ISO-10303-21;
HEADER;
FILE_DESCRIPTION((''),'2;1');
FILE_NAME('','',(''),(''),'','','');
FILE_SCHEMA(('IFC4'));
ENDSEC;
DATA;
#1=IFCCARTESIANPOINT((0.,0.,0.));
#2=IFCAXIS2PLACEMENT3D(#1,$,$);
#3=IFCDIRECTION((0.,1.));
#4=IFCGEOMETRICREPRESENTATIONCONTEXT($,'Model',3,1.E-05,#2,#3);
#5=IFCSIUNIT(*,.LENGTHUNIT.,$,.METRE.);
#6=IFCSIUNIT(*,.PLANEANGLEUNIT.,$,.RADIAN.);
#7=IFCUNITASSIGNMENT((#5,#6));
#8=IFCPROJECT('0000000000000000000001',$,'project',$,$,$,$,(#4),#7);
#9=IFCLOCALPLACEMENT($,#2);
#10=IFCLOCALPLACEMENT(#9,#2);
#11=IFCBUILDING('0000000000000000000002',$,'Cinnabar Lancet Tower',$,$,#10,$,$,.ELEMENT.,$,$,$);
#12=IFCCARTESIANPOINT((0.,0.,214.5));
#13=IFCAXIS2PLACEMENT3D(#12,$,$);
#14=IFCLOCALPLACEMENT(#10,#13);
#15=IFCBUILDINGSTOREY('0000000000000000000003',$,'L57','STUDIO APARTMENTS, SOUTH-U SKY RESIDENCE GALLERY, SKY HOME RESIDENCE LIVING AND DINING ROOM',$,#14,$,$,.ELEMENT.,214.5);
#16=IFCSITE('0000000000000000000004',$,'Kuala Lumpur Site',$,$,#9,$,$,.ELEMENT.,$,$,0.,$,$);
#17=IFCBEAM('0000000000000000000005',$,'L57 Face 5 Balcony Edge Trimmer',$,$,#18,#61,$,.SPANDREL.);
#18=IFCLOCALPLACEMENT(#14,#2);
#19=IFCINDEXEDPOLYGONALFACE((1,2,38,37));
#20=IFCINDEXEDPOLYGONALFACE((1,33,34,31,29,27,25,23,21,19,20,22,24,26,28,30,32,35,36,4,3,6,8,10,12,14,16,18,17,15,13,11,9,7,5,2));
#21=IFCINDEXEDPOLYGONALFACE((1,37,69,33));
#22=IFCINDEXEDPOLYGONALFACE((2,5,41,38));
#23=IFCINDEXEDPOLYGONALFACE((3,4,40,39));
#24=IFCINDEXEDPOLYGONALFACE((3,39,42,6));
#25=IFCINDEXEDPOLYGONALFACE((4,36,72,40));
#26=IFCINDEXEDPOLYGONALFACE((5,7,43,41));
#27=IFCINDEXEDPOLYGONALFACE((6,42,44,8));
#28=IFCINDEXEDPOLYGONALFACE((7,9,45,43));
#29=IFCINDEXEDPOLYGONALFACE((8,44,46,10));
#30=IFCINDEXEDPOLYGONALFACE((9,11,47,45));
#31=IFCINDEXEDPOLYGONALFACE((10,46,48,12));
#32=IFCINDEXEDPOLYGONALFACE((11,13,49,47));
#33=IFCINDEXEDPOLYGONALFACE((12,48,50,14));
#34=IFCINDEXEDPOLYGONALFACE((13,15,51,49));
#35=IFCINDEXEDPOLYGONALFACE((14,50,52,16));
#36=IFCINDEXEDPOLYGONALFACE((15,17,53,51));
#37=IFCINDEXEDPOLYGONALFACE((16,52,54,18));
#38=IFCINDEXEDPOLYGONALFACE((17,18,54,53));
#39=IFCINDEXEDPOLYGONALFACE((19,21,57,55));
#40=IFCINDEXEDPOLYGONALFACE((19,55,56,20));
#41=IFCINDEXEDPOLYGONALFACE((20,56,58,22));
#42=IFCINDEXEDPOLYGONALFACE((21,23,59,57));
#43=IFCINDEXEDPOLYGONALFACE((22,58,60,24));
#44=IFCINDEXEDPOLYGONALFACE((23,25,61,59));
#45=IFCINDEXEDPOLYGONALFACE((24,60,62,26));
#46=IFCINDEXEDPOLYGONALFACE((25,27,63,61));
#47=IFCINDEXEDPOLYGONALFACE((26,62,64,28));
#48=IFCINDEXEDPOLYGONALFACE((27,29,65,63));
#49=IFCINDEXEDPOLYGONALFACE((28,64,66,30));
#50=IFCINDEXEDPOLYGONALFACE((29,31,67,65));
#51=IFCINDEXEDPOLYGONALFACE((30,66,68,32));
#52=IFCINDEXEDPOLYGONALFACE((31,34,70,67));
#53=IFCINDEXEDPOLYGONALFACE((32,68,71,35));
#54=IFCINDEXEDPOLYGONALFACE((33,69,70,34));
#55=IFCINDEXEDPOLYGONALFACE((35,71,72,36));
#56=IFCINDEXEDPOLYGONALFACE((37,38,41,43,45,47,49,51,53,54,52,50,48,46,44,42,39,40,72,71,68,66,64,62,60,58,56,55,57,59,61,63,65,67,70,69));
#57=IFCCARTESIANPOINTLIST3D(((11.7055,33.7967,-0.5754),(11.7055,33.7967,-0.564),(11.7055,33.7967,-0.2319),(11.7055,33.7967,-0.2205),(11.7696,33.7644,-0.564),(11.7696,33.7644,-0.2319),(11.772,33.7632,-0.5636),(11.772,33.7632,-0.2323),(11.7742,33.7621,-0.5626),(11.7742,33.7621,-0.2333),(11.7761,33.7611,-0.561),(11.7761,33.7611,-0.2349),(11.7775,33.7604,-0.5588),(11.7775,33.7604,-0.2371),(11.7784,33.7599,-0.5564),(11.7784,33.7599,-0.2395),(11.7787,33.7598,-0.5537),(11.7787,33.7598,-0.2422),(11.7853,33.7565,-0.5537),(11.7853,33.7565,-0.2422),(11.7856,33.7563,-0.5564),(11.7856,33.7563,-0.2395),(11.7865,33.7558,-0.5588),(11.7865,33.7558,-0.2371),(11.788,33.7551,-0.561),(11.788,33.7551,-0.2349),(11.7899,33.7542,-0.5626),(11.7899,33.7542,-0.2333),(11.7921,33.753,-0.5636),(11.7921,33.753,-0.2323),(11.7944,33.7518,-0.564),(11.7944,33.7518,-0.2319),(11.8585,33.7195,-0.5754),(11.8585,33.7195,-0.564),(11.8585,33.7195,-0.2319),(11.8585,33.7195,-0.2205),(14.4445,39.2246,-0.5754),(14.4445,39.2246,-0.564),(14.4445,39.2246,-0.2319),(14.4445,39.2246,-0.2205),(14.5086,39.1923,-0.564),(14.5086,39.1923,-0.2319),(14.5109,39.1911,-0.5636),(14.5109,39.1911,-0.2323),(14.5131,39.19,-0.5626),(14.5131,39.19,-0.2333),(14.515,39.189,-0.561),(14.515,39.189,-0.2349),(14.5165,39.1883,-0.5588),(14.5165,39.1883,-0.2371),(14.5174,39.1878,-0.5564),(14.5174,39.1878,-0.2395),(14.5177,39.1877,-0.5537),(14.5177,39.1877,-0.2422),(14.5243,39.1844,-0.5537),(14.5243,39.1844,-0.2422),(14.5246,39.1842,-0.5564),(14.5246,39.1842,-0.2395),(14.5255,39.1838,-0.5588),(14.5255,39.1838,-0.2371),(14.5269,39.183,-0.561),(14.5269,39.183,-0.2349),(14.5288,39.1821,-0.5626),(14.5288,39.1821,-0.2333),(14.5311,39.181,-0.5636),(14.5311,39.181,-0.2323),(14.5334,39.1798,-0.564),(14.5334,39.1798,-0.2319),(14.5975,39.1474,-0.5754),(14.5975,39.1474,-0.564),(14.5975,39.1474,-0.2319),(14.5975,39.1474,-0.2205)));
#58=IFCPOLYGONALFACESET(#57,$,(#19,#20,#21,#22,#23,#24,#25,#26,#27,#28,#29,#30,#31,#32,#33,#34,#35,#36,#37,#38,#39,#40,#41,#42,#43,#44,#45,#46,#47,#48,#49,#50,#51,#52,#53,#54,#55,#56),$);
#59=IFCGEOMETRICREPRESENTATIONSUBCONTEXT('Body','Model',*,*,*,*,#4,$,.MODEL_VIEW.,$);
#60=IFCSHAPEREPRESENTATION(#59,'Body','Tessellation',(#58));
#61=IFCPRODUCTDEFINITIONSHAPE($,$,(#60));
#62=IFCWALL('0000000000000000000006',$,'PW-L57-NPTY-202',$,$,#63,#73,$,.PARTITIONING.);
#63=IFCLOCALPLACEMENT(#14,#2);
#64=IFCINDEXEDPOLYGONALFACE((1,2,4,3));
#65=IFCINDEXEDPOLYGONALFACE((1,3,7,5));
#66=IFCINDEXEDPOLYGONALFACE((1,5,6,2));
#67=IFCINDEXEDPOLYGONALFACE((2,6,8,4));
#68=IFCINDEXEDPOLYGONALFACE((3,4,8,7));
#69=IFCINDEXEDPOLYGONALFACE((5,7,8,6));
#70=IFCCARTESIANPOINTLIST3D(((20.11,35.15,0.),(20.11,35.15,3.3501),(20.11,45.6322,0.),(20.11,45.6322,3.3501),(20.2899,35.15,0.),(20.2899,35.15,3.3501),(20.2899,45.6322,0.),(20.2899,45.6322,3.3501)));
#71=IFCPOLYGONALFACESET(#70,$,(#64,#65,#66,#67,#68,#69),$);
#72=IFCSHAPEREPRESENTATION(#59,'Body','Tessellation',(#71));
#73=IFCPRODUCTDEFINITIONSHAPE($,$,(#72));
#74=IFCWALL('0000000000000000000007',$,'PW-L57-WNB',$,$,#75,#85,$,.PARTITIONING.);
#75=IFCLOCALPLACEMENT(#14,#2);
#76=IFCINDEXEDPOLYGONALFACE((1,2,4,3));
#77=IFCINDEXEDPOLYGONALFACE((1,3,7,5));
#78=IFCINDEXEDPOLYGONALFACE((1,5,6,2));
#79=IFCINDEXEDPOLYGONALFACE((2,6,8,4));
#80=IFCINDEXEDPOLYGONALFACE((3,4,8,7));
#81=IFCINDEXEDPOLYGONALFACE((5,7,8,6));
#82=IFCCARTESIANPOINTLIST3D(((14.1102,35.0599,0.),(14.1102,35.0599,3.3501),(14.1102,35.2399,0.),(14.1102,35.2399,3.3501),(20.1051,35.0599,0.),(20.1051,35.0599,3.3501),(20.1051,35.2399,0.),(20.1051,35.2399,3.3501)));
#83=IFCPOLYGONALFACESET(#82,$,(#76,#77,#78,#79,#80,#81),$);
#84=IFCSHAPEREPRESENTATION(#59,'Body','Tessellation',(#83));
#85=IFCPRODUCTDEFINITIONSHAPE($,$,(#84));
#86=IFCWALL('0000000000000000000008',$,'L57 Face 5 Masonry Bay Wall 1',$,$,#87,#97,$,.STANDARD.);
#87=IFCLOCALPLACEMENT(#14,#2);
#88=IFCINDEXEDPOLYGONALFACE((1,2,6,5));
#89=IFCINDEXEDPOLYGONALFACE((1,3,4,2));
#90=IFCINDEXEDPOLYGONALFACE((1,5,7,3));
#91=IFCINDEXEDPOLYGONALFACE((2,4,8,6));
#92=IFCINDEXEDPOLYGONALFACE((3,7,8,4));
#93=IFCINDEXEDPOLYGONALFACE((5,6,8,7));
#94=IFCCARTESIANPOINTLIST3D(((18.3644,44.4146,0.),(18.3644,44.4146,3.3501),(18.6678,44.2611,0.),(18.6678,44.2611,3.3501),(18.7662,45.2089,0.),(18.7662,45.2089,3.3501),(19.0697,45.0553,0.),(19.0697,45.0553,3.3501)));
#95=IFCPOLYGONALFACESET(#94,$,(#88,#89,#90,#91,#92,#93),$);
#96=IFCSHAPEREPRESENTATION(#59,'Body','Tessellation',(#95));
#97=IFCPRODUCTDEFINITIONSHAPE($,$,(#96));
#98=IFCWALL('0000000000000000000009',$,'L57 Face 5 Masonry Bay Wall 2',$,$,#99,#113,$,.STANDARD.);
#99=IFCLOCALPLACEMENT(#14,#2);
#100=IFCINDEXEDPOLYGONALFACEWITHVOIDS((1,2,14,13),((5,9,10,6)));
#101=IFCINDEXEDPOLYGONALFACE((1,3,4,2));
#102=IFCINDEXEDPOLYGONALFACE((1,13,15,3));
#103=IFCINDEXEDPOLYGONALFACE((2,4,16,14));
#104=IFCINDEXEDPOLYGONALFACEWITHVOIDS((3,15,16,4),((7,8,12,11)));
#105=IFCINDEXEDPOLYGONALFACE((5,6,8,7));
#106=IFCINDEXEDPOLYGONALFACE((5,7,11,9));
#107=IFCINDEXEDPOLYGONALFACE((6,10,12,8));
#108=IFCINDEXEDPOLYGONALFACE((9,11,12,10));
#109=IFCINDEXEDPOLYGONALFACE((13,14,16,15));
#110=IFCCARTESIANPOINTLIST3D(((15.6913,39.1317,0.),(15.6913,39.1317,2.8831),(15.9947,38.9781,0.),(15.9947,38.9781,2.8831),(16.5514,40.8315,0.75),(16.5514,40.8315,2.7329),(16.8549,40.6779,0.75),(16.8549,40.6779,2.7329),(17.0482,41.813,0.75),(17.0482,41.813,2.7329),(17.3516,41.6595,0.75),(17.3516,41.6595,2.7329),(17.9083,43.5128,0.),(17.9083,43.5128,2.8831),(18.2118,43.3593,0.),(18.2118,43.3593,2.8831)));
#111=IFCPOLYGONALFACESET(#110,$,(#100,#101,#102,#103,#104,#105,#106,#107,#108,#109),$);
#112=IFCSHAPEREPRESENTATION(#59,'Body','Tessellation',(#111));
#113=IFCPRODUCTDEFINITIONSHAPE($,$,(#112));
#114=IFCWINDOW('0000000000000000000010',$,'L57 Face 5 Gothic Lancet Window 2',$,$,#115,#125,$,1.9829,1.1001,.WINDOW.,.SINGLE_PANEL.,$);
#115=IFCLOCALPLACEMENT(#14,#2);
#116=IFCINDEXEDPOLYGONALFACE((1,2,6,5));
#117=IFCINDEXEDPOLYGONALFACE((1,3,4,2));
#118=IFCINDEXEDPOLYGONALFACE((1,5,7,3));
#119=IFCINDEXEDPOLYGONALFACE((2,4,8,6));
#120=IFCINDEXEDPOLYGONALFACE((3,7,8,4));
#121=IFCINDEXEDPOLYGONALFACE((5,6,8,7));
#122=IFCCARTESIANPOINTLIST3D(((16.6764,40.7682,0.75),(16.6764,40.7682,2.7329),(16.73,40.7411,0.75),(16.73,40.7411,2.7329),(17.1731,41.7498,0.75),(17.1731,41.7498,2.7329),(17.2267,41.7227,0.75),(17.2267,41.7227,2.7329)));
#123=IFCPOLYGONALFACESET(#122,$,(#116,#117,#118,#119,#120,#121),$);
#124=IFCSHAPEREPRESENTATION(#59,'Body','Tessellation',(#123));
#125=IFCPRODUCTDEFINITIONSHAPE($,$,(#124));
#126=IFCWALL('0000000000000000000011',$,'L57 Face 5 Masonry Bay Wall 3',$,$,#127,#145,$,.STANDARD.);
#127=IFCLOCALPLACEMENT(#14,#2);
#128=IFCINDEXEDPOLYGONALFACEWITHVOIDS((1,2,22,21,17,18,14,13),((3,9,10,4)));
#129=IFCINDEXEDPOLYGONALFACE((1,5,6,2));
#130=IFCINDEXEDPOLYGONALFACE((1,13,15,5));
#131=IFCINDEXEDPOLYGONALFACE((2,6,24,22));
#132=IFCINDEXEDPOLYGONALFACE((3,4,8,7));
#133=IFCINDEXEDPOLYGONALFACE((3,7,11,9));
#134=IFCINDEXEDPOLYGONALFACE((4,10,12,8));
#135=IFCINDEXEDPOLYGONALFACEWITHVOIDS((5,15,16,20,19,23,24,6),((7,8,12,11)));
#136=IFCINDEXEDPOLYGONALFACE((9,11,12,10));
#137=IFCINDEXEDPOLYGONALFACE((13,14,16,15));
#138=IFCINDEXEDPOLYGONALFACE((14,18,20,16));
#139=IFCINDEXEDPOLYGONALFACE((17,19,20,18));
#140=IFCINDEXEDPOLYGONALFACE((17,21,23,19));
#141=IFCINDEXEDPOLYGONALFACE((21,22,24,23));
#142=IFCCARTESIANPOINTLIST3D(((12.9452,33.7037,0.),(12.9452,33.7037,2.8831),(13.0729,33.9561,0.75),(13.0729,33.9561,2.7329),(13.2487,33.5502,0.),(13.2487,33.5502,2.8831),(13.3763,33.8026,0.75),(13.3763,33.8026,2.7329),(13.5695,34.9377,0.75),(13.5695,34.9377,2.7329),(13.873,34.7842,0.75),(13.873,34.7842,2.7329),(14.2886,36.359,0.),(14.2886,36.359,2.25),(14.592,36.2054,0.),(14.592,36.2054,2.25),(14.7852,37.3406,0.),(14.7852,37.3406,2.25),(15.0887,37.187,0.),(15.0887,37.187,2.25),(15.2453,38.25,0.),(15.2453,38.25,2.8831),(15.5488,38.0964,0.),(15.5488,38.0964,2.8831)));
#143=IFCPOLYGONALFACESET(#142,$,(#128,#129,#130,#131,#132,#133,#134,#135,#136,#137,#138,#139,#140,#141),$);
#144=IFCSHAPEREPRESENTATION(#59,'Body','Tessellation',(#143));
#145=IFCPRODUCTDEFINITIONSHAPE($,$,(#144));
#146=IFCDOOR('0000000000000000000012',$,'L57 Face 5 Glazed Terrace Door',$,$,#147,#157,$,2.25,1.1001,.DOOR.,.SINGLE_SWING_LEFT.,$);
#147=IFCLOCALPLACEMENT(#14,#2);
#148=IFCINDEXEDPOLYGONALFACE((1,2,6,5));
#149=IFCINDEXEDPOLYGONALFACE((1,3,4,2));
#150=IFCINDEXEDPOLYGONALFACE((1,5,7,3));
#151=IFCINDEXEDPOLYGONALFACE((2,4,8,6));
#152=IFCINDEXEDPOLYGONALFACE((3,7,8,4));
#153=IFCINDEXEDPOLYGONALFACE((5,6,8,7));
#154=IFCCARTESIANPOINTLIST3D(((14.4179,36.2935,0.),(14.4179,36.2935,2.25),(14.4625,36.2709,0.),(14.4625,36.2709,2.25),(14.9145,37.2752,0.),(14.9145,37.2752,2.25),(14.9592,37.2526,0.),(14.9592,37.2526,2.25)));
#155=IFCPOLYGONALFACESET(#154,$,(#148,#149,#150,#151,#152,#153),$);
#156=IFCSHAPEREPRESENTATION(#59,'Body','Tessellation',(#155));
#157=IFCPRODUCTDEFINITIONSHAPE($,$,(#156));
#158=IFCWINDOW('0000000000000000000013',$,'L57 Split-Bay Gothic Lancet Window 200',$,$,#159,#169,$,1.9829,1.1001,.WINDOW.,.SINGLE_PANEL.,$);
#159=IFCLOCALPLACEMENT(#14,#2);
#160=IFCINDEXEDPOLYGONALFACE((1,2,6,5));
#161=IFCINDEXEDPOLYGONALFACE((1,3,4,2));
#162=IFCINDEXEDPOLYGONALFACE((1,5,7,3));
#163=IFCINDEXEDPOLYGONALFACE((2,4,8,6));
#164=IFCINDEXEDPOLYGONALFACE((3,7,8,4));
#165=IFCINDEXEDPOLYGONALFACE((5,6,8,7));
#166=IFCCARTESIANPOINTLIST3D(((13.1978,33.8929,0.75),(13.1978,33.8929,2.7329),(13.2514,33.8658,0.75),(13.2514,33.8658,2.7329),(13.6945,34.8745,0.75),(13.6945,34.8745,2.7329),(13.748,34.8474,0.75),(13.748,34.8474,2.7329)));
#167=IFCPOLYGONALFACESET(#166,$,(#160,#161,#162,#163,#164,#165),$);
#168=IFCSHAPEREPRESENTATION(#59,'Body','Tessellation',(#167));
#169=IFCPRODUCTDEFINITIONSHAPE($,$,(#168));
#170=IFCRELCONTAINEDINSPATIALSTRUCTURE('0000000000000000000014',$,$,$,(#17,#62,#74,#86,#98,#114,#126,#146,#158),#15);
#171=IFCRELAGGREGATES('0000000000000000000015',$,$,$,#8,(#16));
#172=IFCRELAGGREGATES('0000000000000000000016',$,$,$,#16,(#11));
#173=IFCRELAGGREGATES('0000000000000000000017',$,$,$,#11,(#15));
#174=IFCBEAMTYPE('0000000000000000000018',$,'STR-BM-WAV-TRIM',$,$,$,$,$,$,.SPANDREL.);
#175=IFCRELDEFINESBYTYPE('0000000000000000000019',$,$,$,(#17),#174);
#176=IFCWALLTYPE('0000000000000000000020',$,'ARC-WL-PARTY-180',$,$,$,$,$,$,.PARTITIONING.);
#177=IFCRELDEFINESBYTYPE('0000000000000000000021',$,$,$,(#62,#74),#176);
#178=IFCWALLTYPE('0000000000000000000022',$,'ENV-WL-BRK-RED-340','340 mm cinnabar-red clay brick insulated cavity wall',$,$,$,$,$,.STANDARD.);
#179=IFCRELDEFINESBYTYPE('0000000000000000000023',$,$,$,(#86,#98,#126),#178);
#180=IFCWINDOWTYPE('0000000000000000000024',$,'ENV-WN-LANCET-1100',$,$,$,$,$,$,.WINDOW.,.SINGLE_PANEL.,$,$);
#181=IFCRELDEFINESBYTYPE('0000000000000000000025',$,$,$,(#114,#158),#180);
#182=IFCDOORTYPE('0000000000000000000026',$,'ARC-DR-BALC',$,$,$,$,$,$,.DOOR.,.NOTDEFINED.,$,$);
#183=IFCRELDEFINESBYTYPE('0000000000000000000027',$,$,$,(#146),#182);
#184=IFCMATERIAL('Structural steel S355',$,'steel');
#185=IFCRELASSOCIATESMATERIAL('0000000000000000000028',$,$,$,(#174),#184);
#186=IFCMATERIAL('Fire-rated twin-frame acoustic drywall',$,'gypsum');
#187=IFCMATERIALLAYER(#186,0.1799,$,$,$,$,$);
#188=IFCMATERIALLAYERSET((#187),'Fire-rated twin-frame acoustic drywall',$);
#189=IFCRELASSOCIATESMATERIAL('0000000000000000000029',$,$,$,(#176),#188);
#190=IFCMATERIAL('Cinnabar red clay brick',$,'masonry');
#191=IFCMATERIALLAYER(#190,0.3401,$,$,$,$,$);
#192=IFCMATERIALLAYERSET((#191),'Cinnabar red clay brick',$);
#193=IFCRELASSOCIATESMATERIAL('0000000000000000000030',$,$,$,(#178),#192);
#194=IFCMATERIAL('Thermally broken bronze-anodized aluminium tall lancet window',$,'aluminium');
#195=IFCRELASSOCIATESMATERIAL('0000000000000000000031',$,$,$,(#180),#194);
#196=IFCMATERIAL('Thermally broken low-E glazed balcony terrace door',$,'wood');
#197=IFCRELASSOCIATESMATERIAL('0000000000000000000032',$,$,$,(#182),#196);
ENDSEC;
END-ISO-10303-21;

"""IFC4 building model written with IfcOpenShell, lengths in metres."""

from ifc_helpers import new_model, si_unit, direction, frame, frame_2d, origin, origin_2d, place, context, subcontext, project, spatial, rectangle, i_section, extrude, material, layer, layer_set, material_profile, profile_set, type_object, element, fill, save


model = new_model("IFC4")

# Units and contexts
model_context = context("Model", 3, precision=1e-05, world=origin(), true_north=direction((0.0, 1.0)))
body_context = subcontext(model_context, "Body", "Model", "MODEL_VIEW")
ifc_project = project(units=[si_unit("LENGTHUNIT", "METRE"), si_unit("PLANEANGLEUNIT", "RADIAN")], contexts=[model_context])

# Site, building, storey
site_placement = place(None, origin())
site = spatial("IfcSite", under=ifc_project, at=site_placement, Name="Kuala Lumpur Site", CompositionType="ELEMENT", RefElevation=0.0)
building_placement = place(site_placement, origin())
building = spatial("IfcBuilding", under=site, at=building_placement, Name="Cinnabar Lancet Tower", CompositionType="ELEMENT")
storey_placement = place(building_placement, frame((0.0, 0.0, 214.5)))
storey = spatial("IfcBuildingStorey", under=building, at=storey_placement, Name="L57", Description="STUDIO APARTMENTS, SOUTH-U SKY RESIDENCE GALLERY, SKY HOME RESIDENCE LIVING AND DINING ROOM", CompositionType="ELEMENT", Elevation=214.5)

# Beam
ifc_material_1 = material(Name="Structural steel S355", Category="steel")
ifc_material_profile_1 = material_profile(ifc_material_1, i_section(OverallWidth=0.1714, OverallDepth=0.355, WebThickness=0.0073, FlangeThickness=0.0115, FilletRadius=0.0103, at=origin_2d()), Name="UKB 356x171x51")
ifc_profile_set_1 = profile_set([ifc_material_profile_1], Name="Structural steel S355")
beam_type_1 = type_object("IfcBeamType", Name="STR-BM-WAV-TRIM", PredefinedType="SPANDREL", material=ifc_profile_set_1)
beam_1_placement = place(storey_placement, frame((14.521, 39.186, -0.3979), z_axis=(-0.450503, -0.892775, 0.0), x_axis=(0.892775, -0.450503, 0.0)))
element("IfcBeam", 1, at=beam_1_placement, inside=storey, type_object=beam_type_1, Name="L57 Face 5 Balcony Edge Trimmer", PredefinedType="SPANDREL", context=body_context, shape_type="SweptSolid", body=[
    extrude(i_section(OverallWidth=0.1714, OverallDepth=0.355, WebThickness=0.0073, FlangeThickness=0.0115, FilletRadius=0.0103, at=origin_2d()), origin(), (0.0, 0.0, 1.0), 6.0798),
])

# Walls
ifc_material_2 = material(Name="Fire-rated twin-frame acoustic drywall", Category="gypsum")
ifc_layer_1 = layer(ifc_material_2, 0.1799)
ifc_layer_set_1 = layer_set([ifc_layer_1], Name="Fire-rated twin-frame acoustic drywall")
wall_type_1 = type_object("IfcWallType", Name="ARC-WL-PARTY-180", PredefinedType="PARTITIONING", material=ifc_layer_set_1)
wall_1_placement = place(storey_placement, frame((20.2, 35.1499, 0.0), z_axis=(0.0, 0.0, 1.0), x_axis=(0.0, 1.0, 0.0)))
element("IfcWall", 2, at=wall_1_placement, inside=storey, type_object=wall_type_1, Name="PW-L57-NPTY-202", PredefinedType="PARTITIONING", context=body_context, shape_type="SweptSolid", body=[
    extrude(rectangle(XDim=10.4822, YDim=0.1799, at=frame_2d((5.2412, 0.0))), origin(), (0.0, 0.0, 1.0), 3.3501),
])
wall_2_placement = place(storey_placement, frame((14.1101, 35.1499, 0.0), z_axis=(0.0, 0.0, 1.0), x_axis=(1.0, 0.0, 0.0)))
element("IfcWall", 3, at=wall_2_placement, inside=storey, type_object=wall_type_1, Name="PW-L57-WNB", PredefinedType="PARTITIONING", context=body_context, shape_type="SweptSolid", body=[
    extrude(rectangle(XDim=5.9949, YDim=0.1799, at=frame_2d((2.9976, 0.0))), origin(), (0.0, 0.0, 1.0), 3.3501),
])
ifc_material_3 = material(Name="Cinnabar red clay brick", Category="masonry")
ifc_layer_2 = layer(ifc_material_3, 0.3401)
ifc_layer_set_2 = layer_set([ifc_layer_2], Name="Cinnabar red clay brick")
wall_type_2 = type_object("IfcWallType", Name="ENV-WL-BRK-RED-340", Description="340 mm cinnabar-red clay brick insulated cavity wall", PredefinedType="STANDARD", material=ifc_layer_set_2)
wall_3_placement = place(storey_placement, frame((18.918, 45.1321, 0.0), z_axis=(0.0, 0.0, 1.0), x_axis=(-0.451487, -0.892277, 0.0)))
element("IfcWall", 4, at=wall_3_placement, inside=storey, type_object=wall_type_2, Name="L57 Face 5 Masonry Bay Wall 1", PredefinedType="STANDARD", context=body_context, shape_type="SweptSolid", body=[
    extrude(rectangle(XDim=0.8901, YDim=0.3401, at=frame_2d((0.4451, 0.0))), origin(), (0.0, 0.0, 1.0), 3.3501),
])

# Wall, opening, window
wall_4_placement = place(storey_placement, frame((18.0601, 43.436, 0.0), z_axis=(0.0, 0.0, 1.0), x_axis=(-0.451524, -0.892259, 0.0)))
wall_4 = element("IfcWall", 5, at=wall_4_placement, inside=storey, type_object=wall_type_2, Name="L57 Face 5 Masonry Bay Wall 2", PredefinedType="STANDARD", context=body_context, shape_type="SweptSolid", body=[
    extrude(rectangle(XDim=4.9102, YDim=0.3401, at=frame_2d((2.4551, 0.0))), origin(), (0.0, 0.0, 1.0), 2.8831),
])
opening_1_placement = place(wall_4_placement, frame((1.905, 0.0, 0.75)))
opening_1 = element("IfcOpeningElement", 6, at=opening_1_placement, cuts=wall_4, PredefinedType="OPENING", context=body_context, shape_type="SweptSolid", body=[
    extrude(rectangle(XDim=1.1001, YDim=1.9829, at=frame_2d((0.55, 0.9915))), frame((0.0, 0.1799, 0.0), z_axis=(0.0, -1.0, 0.0), x_axis=(1.0, 0.0, 0.0)), (0.0, 0.0, 1.0), 0.3601),
])
ifc_material_4 = material(Name="Thermally broken bronze-anodized aluminium tall lancet window", Category="aluminium")
window_type = type_object("IfcWindowType", Name="ENV-WN-LANCET-1100", PartitioningType="SINGLE_PANEL", PredefinedType="WINDOW", material=ifc_material_4)
window_1_placement = place(opening_1_placement, origin())
window_1 = element("IfcWindow", 7, at=window_1_placement, inside=storey, type_object=window_type, Name="L57 Face 5 Gothic Lancet Window 2", OverallHeight=1.9829, OverallWidth=1.1001, PartitioningType="SINGLE_PANEL", PredefinedType="WINDOW", context=body_context, shape_type="SweptSolid", body=[
    extrude(rectangle(XDim=1.1001, YDim=1.9829, at=frame_2d((0.55, 0.9915))), frame((0.0, 0.03, 0.0), z_axis=(0.0, -1.0, 0.0), x_axis=(1.0, 0.0, 0.0)), (0.0, 0.0, 1.0), 0.0601),
])
fill(opening_1, window_1)

# Wall, openings, door, window
wall_5_placement = place(storey_placement, frame((15.397, 38.1731, 0.0), z_axis=(0.0, 0.0, 1.0), x_axis=(-0.451445, -0.892299, 0.0)))
wall_5 = element("IfcWall", 8, at=wall_5_placement, inside=storey, type_object=wall_type_2, Name="L57 Face 5 Masonry Bay Wall 3", PredefinedType="STANDARD", context=body_context, shape_type="SweptSolid", body=[
    extrude(rectangle(XDim=5.095, YDim=0.3401, at=frame_2d((2.5474, 0.0))), origin(), (0.0, 0.0, 1.0), 2.8831),
])
opening_2_placement = place(wall_5_placement, frame((1.019, 0.0, 0.0)))
opening_2 = element("IfcOpeningElement", 9, at=opening_2_placement, cuts=wall_5, PredefinedType="OPENING", context=body_context, shape_type="SweptSolid", body=[
    extrude(rectangle(XDim=1.1001, YDim=2.25, at=frame_2d((0.55, 1.125))), frame((0.0, 0.1799, 0.0), z_axis=(0.0, -1.0, 0.0), x_axis=(1.0, 0.0, 0.0)), (0.0, 0.0, 1.0), 0.3601),
])
opening_3_placement = place(wall_5_placement, frame((3.7119, 0.0, 0.75)))
opening_3 = element("IfcOpeningElement", 10, at=opening_3_placement, cuts=wall_5, PredefinedType="OPENING", context=body_context, shape_type="SweptSolid", body=[
    extrude(rectangle(XDim=1.1001, YDim=1.9829, at=frame_2d((0.55, 0.9915))), frame((0.0, 0.1799, 0.0), z_axis=(0.0, -1.0, 0.0), x_axis=(1.0, 0.0, 0.0)), (0.0, 0.0, 1.0), 0.3601),
])
ifc_material_5 = material(Name="Thermally broken low-E glazed balcony terrace door", Category="wood")
door_type = type_object("IfcDoorType", Name="ARC-DR-BALC", OperationType="NOTDEFINED", PredefinedType="DOOR", material=ifc_material_5)
door_placement = place(opening_2_placement, origin())
door = element("IfcDoor", 11, at=door_placement, inside=storey, type_object=door_type, Name="L57 Face 5 Glazed Terrace Door", OperationType="SINGLE_SWING_LEFT", OverallHeight=2.25, OverallWidth=1.1001, PredefinedType="DOOR", context=body_context, shape_type="SweptSolid", body=[
    extrude(rectangle(XDim=1.1001, YDim=2.25, at=frame_2d((0.55, 1.125))), frame((0.0, 0.0249, 0.0), z_axis=(0.0, -1.0, 0.0), x_axis=(1.0, 0.0, 0.0)), (0.0, 0.0, 1.0), 0.05),
])
fill(opening_2, door)
window_2_placement = place(opening_3_placement, origin())
window_2 = element("IfcWindow", 12, at=window_2_placement, inside=storey, type_object=window_type, Name="L57 Split-Bay Gothic Lancet Window 200", OverallHeight=1.9829, OverallWidth=1.1001, PartitioningType="SINGLE_PANEL", PredefinedType="WINDOW", context=body_context, shape_type="SweptSolid", body=[
    extrude(rectangle(XDim=1.1001, YDim=1.9829, at=frame_2d((0.55, 0.9915))), frame((0.0, 0.03, 0.0), z_axis=(0.0, -1.0, 0.0), x_axis=(1.0, 0.0, 0.0)), (0.0, 0.0, 1.0), 0.0601),
])
fill(opening_3, window_2)

save(model, "model.ifc")
